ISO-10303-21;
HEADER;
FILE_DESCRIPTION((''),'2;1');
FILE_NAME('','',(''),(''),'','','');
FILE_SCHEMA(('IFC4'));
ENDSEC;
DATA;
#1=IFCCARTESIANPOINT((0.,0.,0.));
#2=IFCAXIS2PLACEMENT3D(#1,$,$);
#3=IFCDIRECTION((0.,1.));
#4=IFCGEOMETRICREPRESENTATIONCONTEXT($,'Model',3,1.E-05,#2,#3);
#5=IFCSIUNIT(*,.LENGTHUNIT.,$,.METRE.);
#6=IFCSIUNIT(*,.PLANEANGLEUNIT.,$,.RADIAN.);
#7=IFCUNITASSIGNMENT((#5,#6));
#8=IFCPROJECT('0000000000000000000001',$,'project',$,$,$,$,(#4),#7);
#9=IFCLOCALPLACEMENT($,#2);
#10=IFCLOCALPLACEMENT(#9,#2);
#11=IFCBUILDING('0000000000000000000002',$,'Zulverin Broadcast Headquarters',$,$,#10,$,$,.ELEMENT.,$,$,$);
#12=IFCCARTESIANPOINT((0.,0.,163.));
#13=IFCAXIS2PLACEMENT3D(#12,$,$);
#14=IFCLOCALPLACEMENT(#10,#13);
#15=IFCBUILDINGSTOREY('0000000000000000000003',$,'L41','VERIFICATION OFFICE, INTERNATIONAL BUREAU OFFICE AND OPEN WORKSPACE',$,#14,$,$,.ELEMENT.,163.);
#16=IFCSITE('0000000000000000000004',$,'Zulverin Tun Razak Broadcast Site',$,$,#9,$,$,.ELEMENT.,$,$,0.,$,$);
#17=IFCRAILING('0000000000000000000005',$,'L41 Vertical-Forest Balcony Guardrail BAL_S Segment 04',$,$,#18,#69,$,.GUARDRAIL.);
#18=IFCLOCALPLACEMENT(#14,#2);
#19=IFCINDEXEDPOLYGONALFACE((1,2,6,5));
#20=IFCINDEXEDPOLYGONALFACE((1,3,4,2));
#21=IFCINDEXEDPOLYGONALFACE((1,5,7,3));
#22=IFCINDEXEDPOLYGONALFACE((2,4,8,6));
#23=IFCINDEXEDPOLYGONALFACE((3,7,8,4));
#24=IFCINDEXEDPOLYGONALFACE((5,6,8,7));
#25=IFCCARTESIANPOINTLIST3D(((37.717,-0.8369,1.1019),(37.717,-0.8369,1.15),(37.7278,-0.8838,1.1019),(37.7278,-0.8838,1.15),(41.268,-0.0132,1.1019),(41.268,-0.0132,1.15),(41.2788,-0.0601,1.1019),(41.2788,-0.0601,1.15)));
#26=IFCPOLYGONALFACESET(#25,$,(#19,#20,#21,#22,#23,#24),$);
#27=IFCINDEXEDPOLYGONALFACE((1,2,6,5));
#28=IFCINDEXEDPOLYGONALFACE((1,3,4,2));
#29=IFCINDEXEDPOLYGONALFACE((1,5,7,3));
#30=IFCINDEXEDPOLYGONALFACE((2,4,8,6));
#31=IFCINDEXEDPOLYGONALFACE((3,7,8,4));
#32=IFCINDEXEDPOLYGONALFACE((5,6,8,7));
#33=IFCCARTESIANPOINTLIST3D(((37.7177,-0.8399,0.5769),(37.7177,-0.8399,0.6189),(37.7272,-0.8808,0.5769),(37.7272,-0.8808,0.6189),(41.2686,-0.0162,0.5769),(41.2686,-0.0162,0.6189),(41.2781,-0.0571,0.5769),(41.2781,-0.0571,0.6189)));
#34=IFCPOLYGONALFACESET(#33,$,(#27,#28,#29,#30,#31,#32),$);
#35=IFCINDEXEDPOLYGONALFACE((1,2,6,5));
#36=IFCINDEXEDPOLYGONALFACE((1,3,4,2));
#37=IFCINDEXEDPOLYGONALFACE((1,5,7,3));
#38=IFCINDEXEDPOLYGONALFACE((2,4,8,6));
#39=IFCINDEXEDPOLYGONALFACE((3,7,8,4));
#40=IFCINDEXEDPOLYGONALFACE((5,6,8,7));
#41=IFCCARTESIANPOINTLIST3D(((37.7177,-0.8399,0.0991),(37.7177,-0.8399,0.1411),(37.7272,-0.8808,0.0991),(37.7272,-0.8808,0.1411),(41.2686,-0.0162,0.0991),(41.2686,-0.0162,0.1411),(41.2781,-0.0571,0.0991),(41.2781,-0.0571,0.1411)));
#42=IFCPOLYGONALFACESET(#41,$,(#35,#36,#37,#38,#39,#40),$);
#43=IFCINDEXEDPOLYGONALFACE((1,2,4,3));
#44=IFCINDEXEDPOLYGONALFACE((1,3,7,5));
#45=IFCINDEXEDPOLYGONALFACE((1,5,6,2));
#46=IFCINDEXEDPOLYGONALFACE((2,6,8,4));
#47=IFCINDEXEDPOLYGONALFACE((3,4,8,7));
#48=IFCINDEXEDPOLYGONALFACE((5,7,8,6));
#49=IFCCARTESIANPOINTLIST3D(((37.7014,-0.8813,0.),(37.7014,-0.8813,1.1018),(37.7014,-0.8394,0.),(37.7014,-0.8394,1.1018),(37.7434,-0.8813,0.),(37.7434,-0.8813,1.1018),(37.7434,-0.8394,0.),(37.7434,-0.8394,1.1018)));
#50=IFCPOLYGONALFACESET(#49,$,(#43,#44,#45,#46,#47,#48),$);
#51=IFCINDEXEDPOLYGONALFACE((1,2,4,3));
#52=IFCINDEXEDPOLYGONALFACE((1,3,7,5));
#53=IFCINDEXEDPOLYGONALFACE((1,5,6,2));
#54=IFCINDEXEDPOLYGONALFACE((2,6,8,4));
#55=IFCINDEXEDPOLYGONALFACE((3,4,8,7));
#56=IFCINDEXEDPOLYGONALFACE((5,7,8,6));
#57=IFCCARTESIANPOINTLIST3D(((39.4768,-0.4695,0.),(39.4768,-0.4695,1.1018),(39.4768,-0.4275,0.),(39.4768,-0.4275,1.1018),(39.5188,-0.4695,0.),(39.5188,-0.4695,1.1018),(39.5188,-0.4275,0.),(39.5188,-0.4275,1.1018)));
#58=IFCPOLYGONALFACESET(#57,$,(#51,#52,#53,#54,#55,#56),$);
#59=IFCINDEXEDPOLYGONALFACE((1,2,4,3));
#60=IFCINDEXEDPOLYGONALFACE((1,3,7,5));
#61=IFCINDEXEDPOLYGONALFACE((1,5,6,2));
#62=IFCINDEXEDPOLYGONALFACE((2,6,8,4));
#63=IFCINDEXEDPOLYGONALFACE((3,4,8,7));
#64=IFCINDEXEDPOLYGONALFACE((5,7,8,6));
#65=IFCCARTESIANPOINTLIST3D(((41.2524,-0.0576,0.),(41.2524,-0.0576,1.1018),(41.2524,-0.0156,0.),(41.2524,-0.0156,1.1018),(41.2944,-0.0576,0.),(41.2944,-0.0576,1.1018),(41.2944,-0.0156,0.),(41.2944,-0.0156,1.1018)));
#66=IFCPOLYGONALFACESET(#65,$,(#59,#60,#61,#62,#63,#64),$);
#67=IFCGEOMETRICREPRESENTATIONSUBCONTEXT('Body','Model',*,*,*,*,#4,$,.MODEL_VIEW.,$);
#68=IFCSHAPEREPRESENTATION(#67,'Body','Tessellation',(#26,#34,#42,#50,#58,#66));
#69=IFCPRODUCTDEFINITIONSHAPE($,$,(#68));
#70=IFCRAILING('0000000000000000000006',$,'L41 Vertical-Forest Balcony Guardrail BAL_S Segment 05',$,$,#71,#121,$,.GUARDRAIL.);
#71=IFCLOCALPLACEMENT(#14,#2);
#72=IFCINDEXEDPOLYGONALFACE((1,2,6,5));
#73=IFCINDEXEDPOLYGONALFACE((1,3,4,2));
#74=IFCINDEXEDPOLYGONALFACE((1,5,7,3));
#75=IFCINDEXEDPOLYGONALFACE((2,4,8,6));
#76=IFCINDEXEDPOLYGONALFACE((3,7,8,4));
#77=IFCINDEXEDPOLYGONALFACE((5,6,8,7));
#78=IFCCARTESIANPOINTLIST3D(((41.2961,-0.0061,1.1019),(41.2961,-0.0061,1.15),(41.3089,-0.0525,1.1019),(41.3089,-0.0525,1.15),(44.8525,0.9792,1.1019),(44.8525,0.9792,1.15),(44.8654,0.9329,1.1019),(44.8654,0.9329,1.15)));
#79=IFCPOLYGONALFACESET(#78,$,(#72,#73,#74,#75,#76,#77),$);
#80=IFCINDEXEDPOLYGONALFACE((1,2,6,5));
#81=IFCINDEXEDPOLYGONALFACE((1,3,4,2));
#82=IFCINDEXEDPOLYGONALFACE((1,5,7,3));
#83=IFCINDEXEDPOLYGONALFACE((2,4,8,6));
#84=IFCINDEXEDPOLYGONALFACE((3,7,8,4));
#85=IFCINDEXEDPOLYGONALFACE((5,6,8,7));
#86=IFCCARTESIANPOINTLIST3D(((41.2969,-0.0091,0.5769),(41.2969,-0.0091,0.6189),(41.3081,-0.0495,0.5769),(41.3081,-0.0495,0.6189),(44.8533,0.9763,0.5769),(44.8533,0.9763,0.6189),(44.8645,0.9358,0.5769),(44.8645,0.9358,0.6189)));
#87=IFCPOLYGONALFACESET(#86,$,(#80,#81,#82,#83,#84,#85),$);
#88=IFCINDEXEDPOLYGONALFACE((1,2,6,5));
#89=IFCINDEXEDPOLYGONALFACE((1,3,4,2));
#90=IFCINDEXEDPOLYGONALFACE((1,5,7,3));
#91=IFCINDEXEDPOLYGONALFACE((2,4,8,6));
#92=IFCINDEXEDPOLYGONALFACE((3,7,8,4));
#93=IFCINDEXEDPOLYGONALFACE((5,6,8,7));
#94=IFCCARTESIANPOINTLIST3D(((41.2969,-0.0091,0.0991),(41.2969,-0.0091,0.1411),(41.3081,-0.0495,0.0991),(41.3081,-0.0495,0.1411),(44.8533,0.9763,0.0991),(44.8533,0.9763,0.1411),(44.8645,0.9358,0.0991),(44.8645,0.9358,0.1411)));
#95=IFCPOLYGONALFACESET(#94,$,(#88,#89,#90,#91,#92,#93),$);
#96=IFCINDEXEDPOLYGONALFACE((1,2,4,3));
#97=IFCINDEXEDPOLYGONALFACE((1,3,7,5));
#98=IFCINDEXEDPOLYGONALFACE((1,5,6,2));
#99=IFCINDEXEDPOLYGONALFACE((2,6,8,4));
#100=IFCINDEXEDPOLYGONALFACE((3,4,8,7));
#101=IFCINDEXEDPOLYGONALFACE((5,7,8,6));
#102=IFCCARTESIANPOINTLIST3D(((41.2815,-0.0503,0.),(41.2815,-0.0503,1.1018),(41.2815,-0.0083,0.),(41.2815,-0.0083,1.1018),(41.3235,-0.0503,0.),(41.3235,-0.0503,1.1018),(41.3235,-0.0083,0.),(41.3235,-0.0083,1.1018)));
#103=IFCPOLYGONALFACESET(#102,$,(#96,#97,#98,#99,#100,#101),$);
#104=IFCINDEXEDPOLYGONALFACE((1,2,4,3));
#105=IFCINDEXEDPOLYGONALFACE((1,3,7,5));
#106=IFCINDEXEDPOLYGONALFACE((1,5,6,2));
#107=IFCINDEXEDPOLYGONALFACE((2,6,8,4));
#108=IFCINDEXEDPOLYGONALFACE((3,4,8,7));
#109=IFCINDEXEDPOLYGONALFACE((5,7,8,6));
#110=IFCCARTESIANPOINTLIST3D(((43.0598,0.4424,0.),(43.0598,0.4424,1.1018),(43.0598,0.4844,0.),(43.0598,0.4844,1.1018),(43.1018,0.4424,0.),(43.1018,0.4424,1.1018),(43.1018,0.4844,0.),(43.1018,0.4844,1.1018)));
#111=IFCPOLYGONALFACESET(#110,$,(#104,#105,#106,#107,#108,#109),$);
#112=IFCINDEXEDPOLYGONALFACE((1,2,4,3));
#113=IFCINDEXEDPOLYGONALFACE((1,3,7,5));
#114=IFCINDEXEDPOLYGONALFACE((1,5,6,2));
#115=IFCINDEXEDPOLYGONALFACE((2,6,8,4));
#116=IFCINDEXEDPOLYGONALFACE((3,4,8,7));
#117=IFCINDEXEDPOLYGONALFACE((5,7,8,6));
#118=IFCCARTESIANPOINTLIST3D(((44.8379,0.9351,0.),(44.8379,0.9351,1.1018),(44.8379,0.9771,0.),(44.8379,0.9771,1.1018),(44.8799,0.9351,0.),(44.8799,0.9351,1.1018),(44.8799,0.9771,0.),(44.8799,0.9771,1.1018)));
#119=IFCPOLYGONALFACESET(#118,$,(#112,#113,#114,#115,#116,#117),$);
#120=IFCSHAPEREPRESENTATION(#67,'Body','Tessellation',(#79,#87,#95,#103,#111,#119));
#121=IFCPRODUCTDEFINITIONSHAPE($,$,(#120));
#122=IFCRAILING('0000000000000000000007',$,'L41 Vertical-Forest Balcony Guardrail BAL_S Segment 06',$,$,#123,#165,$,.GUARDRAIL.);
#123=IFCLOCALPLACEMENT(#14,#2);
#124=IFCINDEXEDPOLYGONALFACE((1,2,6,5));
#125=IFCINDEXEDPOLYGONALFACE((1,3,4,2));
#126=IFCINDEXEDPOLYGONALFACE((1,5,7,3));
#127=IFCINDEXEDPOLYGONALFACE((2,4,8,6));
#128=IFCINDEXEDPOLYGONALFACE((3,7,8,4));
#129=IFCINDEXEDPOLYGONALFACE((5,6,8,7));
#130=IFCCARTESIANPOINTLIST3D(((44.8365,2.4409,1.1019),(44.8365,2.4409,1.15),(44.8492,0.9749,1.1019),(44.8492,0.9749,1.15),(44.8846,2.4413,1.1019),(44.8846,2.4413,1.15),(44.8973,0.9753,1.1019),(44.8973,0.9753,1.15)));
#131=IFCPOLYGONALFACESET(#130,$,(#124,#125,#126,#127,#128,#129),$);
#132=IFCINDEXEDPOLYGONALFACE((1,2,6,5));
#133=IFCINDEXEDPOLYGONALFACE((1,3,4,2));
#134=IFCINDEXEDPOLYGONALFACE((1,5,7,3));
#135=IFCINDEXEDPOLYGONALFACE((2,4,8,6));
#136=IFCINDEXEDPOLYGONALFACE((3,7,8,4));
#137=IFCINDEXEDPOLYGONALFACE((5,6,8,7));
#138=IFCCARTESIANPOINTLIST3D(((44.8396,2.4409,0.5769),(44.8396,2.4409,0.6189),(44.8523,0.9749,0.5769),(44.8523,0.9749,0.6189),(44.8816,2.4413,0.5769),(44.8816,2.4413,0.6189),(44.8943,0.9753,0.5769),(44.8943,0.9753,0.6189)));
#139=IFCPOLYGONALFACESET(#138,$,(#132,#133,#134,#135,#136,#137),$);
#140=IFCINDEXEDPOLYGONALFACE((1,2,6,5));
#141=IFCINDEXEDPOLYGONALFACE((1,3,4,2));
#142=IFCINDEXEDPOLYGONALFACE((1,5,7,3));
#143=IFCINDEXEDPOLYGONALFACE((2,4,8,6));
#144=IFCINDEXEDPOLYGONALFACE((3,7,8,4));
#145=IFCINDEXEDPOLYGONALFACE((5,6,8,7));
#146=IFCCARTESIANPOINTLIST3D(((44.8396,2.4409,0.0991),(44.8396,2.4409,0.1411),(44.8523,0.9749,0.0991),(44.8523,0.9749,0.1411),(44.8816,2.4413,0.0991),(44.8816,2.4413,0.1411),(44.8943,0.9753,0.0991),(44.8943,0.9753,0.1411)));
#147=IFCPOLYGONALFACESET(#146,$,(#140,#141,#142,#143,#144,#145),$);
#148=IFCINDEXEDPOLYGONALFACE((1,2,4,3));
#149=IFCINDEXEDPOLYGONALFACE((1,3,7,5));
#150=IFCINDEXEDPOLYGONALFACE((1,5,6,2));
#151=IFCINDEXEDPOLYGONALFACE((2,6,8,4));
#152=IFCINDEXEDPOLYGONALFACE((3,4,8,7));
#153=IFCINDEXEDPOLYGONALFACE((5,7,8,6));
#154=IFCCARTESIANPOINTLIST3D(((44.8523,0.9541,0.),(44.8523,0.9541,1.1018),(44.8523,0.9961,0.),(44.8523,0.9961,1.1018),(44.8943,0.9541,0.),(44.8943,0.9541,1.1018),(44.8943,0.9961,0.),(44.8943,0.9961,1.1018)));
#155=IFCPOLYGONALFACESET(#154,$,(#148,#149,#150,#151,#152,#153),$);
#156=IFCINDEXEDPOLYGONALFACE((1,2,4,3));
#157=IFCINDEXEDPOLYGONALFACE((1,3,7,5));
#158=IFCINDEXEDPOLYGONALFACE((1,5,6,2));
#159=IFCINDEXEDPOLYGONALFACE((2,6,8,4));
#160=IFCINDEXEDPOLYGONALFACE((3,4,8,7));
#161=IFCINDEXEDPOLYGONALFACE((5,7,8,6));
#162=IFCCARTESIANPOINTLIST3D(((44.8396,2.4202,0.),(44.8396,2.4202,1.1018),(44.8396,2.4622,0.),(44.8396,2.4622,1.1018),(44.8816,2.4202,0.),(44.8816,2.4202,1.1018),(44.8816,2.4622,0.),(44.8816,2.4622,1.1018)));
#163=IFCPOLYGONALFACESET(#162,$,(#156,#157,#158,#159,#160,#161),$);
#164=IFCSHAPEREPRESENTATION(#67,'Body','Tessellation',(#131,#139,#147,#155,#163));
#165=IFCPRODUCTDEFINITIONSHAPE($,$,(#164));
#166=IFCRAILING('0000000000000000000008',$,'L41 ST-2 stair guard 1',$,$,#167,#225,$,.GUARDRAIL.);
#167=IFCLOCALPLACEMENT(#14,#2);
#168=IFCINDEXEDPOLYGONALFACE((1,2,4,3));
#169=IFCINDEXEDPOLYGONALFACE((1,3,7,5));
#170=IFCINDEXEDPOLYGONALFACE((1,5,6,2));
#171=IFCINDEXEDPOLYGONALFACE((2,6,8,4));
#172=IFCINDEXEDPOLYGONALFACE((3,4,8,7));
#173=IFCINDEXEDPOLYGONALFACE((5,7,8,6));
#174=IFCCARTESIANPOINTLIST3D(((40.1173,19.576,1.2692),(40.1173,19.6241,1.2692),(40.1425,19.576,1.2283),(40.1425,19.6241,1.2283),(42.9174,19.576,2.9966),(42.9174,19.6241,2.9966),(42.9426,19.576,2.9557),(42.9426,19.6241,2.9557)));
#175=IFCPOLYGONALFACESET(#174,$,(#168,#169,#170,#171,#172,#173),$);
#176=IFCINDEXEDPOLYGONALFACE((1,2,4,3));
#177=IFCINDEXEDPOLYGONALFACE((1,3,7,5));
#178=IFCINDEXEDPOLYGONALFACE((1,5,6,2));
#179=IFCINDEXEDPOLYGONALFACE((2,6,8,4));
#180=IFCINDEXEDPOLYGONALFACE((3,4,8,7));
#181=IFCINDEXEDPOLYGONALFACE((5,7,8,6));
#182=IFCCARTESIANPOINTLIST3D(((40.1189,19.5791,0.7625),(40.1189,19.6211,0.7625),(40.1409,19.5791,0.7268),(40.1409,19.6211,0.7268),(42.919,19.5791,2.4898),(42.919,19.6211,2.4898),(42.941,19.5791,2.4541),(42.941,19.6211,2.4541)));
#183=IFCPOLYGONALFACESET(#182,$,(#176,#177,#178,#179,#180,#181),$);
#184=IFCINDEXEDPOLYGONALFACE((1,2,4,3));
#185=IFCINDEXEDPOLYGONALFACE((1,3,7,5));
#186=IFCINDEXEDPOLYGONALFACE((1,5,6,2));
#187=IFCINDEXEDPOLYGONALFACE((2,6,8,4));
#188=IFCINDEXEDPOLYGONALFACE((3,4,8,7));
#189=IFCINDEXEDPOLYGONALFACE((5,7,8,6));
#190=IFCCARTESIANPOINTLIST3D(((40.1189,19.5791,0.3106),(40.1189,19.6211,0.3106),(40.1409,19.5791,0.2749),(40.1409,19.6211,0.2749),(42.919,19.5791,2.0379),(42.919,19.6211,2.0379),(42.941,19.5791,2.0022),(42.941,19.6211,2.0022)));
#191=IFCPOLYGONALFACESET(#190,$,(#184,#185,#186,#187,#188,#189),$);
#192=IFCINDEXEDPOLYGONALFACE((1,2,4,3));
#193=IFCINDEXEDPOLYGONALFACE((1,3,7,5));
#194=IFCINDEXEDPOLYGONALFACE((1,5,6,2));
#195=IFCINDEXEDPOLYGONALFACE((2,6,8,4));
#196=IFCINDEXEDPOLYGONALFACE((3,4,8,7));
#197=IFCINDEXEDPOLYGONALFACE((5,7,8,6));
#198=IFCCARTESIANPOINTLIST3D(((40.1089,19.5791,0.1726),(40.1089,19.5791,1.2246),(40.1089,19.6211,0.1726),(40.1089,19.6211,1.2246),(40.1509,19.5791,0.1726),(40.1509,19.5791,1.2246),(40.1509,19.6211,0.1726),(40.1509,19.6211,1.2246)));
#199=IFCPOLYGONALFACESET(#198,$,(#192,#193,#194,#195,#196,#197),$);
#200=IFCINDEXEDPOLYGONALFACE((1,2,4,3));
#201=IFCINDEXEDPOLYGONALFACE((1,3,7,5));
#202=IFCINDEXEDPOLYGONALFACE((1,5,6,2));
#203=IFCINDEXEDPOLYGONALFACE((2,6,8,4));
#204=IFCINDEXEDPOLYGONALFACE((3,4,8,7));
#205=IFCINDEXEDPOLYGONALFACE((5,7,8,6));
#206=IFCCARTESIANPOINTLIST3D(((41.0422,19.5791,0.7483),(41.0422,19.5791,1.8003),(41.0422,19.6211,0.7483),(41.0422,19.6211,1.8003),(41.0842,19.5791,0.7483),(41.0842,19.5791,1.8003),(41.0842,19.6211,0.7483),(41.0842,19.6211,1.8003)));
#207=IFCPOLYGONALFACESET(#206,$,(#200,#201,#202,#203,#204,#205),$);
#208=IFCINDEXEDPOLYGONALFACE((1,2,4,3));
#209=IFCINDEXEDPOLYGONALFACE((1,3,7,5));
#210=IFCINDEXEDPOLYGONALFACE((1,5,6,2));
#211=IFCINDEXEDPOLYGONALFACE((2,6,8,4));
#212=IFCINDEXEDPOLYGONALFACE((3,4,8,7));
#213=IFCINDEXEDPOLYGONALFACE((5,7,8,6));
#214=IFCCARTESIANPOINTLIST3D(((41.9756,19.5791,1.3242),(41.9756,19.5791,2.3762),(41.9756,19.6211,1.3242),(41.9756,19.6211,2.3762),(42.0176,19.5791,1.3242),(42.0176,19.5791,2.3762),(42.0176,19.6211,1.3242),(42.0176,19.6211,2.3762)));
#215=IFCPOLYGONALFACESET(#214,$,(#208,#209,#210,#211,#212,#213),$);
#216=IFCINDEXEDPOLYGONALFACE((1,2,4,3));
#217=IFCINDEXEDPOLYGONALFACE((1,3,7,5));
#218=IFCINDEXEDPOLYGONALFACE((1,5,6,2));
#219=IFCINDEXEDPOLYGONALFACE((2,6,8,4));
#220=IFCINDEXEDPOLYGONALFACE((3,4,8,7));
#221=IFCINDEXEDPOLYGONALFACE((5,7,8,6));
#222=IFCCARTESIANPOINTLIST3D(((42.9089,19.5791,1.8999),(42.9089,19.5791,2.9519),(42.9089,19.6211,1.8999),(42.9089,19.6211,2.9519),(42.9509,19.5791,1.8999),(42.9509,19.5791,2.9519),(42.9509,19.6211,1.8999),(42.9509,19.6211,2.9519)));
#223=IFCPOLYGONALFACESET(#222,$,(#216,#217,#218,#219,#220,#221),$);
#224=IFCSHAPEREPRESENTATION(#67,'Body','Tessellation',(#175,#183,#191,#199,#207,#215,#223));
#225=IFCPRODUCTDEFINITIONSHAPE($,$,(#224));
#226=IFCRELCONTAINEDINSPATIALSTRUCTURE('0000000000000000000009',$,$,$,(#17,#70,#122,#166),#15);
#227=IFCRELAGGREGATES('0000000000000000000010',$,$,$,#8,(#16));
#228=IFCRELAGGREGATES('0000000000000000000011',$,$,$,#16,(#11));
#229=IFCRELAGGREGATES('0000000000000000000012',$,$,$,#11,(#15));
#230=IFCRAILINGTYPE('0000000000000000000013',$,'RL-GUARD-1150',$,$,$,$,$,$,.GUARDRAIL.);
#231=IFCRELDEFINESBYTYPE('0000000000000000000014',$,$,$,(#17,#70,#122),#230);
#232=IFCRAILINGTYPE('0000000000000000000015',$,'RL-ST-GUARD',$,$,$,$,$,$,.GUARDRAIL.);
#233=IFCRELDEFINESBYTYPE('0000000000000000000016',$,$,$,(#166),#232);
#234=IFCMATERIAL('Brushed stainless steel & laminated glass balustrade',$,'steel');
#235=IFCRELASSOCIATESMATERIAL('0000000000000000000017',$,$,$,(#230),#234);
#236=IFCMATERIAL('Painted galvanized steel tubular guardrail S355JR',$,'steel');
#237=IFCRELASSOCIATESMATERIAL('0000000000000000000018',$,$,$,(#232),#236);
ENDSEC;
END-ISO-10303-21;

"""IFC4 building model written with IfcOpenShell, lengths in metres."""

from ifc_helpers import new_model, si_unit, direction, frame, origin, origin_2d, place, context, subcontext, project, spatial, rectangle, extrude, material, type_object, element, save


model = new_model("IFC4")

# Units and contexts
model_context = context("Model", 3, precision=1e-05, world=origin(), true_north=direction((0.0, 1.0)))
body_context = subcontext(model_context, "Body", "Model", "MODEL_VIEW")
ifc_project = project(units=[si_unit("LENGTHUNIT", "METRE"), si_unit("PLANEANGLEUNIT", "RADIAN")], contexts=[model_context])

# Site, building, storey
site_placement = place(None, origin())
site = spatial("IfcSite", under=ifc_project, at=site_placement, Name="Zulverin Tun Razak Broadcast Site", CompositionType="ELEMENT", RefElevation=0.0)
building_placement = place(site_placement, origin())
building = spatial("IfcBuilding", under=site, at=building_placement, Name="Zulverin Broadcast Headquarters", CompositionType="ELEMENT")
storey_placement = place(building_placement, frame((0.0, 0.0, 163.0)))
storey = spatial("IfcBuildingStorey", under=building, at=storey_placement, Name="L41", Description="VERIFICATION OFFICE, INTERNATIONAL BUREAU OFFICE AND OPEN WORKSPACE", CompositionType="ELEMENT", Elevation=163.0)

# Railings
ifc_material_1 = material(Name="Brushed stainless steel & laminated glass balustrade", Category="steel")
railing_type_1 = type_object("IfcRailingType", Name="RL-GUARD-1150", PredefinedType="GUARDRAIL", material=ifc_material_1)
railing_1_placement = place(storey_placement, frame((37.7224, -0.8604, 0.0)))
element("IfcRailing", 1, at=railing_1_placement, inside=storey, type_object=railing_type_1, Name="L41 Vertical-Forest Balcony Guardrail BAL_S Segment 04", PredefinedType="GUARDRAIL", context=body_context, shape_type="SweptSolid", body=[
    extrude(rectangle(XDim=0.0481, YDim=0.0481, at=origin_2d()), frame((0.0, 0.0, 1.126), z_axis=(0.974134, 0.22597, 0.0), x_axis=(-0.22597, 0.974134, 0.0)), (0.0, 0.0, 1.0), 3.6453),
    extrude(rectangle(XDim=0.042, YDim=0.042, at=origin_2d()), frame((0.0, 0.0, 0.5979), z_axis=(0.974134, 0.22597, 0.0), x_axis=(-0.22597, 0.974134, 0.0)), (0.0, 0.0, 1.0), 3.6453),
    extrude(rectangle(XDim=0.042, YDim=0.042, at=origin_2d()), frame((0.0, 0.0, 0.1201), z_axis=(0.974134, 0.22597, 0.0), x_axis=(-0.22597, 0.974134, 0.0)), (0.0, 0.0, 1.0), 3.6453),
    extrude(rectangle(XDim=0.042, YDim=0.042, at=origin_2d()), origin(), (0.0, 0.0, 1.0), 1.1018),
    extrude(rectangle(XDim=0.042, YDim=0.042, at=origin_2d()), frame((1.7754, 0.4119, 0.0)), (0.0, 0.0, 1.0), 1.1018),
    extrude(rectangle(XDim=0.042, YDim=0.042, at=origin_2d()), frame((3.551, 0.8237, 0.0)), (0.0, 0.0, 1.0), 1.1018),
])
railing_2_placement = place(storey_placement, frame((41.3025, -0.0293, 0.0)))
element("IfcRailing", 2, at=railing_2_placement, inside=storey, type_object=railing_type_1, Name="L41 Vertical-Forest Balcony Guardrail BAL_S Segment 05", PredefinedType="GUARDRAIL", context=body_context, shape_type="SweptSolid", body=[
    extrude(rectangle(XDim=0.0481, YDim=0.0481, at=origin_2d()), frame((0.0, 0.0, 1.126), z_axis=(0.963695, 0.267006, 0.0), x_axis=(-0.267006, 0.963695, 0.0)), (0.0, 0.0, 1.0), 3.6904),
    extrude(rectangle(XDim=0.042, YDim=0.042, at=origin_2d()), frame((0.0, 0.0, 0.5979), z_axis=(0.963695, 0.267006, 0.0), x_axis=(-0.267006, 0.963695, 0.0)), (0.0, 0.0, 1.0), 3.6904),
    extrude(rectangle(XDim=0.042, YDim=0.042, at=origin_2d()), frame((0.0, 0.0, 0.1201), z_axis=(0.963695, 0.267006, 0.0), x_axis=(-0.267006, 0.963695, 0.0)), (0.0, 0.0, 1.0), 3.6904),
    extrude(rectangle(XDim=0.042, YDim=0.042, at=origin_2d()), origin(), (0.0, 0.0, 1.0), 1.1018),
    extrude(rectangle(XDim=0.042, YDim=0.042, at=origin_2d()), frame((1.7783, 0.4927, 0.0)), (0.0, 0.0, 1.0), 1.1018),
    extrude(rectangle(XDim=0.042, YDim=0.042, at=origin_2d()), frame((3.5564, 0.9854, 0.0)), (0.0, 0.0, 1.0), 1.1018),
])
railing_3_placement = place(storey_placement, frame((44.8733, 0.9751, 0.0)))
element("IfcRailing", 3, at=railing_3_placement, inside=storey, type_object=railing_type_1, Name="L41 Vertical-Forest Balcony Guardrail BAL_S Segment 06", PredefinedType="GUARDRAIL", context=body_context, shape_type="SweptSolid", body=[
    extrude(rectangle(XDim=0.0481, YDim=0.0481, at=origin_2d()), frame((0.0, 0.0, 1.126), z_axis=(-0.008659, 0.999963, 0.0), x_axis=(-0.999963, -0.008659, 0.0)), (0.0, 0.0, 1.0), 1.4661),
    extrude(rectangle(XDim=0.042, YDim=0.042, at=origin_2d()), frame((0.0, 0.0, 0.5979), z_axis=(-0.008659, 0.999963, 0.0), x_axis=(-0.999963, -0.008659, 0.0)), (0.0, 0.0, 1.0), 1.4661),
    extrude(rectangle(XDim=0.042, YDim=0.042, at=origin_2d()), frame((0.0, 0.0, 0.1201), z_axis=(-0.008659, 0.999963, 0.0), x_axis=(-0.999963, -0.008659, 0.0)), (0.0, 0.0, 1.0), 1.4661),
    extrude(rectangle(XDim=0.042, YDim=0.042, at=origin_2d()), origin(), (0.0, 0.0, 1.0), 1.1018),
    extrude(rectangle(XDim=0.042, YDim=0.042, at=origin_2d()), frame((-0.0127, 1.4661, 0.0)), (0.0, 0.0, 1.0), 1.1018),
])
ifc_material_2 = material(Name="Painted galvanized steel tubular guardrail S355JR", Category="steel")
railing_type_2 = type_object("IfcRailingType", Name="RL-ST-GUARD", PredefinedType="GUARDRAIL", material=ifc_material_2)
railing_4_placement = place(storey_placement, frame((40.1299, 19.6001, 0.1726)))
element("IfcRailing", 4, at=railing_4_placement, inside=storey, type_object=railing_type_2, Name="L41 ST-2 stair guard 1", PredefinedType="GUARDRAIL", context=body_context, shape_type="SweptSolid", body=[
    extrude(rectangle(XDim=0.0481, YDim=0.0481, at=origin_2d()), frame((0.0, 0.0, 1.0762), z_axis=(0.85109, 0.0, 0.52502), x_axis=(0.0, 1.0, 0.0)), (0.0, 0.0, 1.0), 3.29),
    extrude(rectangle(XDim=0.042, YDim=0.042, at=origin_2d()), frame((0.0, 0.0, 0.572), z_axis=(0.85109, 0.0, 0.52502), x_axis=(0.0, 1.0, 0.0)), (0.0, 0.0, 1.0), 3.29),
    extrude(rectangle(XDim=0.042, YDim=0.042, at=origin_2d()), frame((0.0, 0.0, 0.1201), z_axis=(0.85109, 0.0, 0.52502), x_axis=(0.0, 1.0, 0.0)), (0.0, 0.0, 1.0), 3.29),
    extrude(rectangle(XDim=0.042, YDim=0.042, at=origin_2d()), origin(), (0.0, 0.0, 1.0), 1.052),
    extrude(rectangle(XDim=0.042, YDim=0.042, at=origin_2d()), frame((0.9333, 0.0, 0.5757)), (0.0, 0.0, 1.0), 1.052),
    extrude(rectangle(XDim=0.042, YDim=0.042, at=origin_2d()), frame((1.8667, 0.0, 1.1516)), (0.0, 0.0, 1.0), 1.052),
    extrude(rectangle(XDim=0.042, YDim=0.042, at=origin_2d()), frame((2.8, 0.0, 1.7273)), (0.0, 0.0, 1.0), 1.052),
])

save(model, "model.ifc")
